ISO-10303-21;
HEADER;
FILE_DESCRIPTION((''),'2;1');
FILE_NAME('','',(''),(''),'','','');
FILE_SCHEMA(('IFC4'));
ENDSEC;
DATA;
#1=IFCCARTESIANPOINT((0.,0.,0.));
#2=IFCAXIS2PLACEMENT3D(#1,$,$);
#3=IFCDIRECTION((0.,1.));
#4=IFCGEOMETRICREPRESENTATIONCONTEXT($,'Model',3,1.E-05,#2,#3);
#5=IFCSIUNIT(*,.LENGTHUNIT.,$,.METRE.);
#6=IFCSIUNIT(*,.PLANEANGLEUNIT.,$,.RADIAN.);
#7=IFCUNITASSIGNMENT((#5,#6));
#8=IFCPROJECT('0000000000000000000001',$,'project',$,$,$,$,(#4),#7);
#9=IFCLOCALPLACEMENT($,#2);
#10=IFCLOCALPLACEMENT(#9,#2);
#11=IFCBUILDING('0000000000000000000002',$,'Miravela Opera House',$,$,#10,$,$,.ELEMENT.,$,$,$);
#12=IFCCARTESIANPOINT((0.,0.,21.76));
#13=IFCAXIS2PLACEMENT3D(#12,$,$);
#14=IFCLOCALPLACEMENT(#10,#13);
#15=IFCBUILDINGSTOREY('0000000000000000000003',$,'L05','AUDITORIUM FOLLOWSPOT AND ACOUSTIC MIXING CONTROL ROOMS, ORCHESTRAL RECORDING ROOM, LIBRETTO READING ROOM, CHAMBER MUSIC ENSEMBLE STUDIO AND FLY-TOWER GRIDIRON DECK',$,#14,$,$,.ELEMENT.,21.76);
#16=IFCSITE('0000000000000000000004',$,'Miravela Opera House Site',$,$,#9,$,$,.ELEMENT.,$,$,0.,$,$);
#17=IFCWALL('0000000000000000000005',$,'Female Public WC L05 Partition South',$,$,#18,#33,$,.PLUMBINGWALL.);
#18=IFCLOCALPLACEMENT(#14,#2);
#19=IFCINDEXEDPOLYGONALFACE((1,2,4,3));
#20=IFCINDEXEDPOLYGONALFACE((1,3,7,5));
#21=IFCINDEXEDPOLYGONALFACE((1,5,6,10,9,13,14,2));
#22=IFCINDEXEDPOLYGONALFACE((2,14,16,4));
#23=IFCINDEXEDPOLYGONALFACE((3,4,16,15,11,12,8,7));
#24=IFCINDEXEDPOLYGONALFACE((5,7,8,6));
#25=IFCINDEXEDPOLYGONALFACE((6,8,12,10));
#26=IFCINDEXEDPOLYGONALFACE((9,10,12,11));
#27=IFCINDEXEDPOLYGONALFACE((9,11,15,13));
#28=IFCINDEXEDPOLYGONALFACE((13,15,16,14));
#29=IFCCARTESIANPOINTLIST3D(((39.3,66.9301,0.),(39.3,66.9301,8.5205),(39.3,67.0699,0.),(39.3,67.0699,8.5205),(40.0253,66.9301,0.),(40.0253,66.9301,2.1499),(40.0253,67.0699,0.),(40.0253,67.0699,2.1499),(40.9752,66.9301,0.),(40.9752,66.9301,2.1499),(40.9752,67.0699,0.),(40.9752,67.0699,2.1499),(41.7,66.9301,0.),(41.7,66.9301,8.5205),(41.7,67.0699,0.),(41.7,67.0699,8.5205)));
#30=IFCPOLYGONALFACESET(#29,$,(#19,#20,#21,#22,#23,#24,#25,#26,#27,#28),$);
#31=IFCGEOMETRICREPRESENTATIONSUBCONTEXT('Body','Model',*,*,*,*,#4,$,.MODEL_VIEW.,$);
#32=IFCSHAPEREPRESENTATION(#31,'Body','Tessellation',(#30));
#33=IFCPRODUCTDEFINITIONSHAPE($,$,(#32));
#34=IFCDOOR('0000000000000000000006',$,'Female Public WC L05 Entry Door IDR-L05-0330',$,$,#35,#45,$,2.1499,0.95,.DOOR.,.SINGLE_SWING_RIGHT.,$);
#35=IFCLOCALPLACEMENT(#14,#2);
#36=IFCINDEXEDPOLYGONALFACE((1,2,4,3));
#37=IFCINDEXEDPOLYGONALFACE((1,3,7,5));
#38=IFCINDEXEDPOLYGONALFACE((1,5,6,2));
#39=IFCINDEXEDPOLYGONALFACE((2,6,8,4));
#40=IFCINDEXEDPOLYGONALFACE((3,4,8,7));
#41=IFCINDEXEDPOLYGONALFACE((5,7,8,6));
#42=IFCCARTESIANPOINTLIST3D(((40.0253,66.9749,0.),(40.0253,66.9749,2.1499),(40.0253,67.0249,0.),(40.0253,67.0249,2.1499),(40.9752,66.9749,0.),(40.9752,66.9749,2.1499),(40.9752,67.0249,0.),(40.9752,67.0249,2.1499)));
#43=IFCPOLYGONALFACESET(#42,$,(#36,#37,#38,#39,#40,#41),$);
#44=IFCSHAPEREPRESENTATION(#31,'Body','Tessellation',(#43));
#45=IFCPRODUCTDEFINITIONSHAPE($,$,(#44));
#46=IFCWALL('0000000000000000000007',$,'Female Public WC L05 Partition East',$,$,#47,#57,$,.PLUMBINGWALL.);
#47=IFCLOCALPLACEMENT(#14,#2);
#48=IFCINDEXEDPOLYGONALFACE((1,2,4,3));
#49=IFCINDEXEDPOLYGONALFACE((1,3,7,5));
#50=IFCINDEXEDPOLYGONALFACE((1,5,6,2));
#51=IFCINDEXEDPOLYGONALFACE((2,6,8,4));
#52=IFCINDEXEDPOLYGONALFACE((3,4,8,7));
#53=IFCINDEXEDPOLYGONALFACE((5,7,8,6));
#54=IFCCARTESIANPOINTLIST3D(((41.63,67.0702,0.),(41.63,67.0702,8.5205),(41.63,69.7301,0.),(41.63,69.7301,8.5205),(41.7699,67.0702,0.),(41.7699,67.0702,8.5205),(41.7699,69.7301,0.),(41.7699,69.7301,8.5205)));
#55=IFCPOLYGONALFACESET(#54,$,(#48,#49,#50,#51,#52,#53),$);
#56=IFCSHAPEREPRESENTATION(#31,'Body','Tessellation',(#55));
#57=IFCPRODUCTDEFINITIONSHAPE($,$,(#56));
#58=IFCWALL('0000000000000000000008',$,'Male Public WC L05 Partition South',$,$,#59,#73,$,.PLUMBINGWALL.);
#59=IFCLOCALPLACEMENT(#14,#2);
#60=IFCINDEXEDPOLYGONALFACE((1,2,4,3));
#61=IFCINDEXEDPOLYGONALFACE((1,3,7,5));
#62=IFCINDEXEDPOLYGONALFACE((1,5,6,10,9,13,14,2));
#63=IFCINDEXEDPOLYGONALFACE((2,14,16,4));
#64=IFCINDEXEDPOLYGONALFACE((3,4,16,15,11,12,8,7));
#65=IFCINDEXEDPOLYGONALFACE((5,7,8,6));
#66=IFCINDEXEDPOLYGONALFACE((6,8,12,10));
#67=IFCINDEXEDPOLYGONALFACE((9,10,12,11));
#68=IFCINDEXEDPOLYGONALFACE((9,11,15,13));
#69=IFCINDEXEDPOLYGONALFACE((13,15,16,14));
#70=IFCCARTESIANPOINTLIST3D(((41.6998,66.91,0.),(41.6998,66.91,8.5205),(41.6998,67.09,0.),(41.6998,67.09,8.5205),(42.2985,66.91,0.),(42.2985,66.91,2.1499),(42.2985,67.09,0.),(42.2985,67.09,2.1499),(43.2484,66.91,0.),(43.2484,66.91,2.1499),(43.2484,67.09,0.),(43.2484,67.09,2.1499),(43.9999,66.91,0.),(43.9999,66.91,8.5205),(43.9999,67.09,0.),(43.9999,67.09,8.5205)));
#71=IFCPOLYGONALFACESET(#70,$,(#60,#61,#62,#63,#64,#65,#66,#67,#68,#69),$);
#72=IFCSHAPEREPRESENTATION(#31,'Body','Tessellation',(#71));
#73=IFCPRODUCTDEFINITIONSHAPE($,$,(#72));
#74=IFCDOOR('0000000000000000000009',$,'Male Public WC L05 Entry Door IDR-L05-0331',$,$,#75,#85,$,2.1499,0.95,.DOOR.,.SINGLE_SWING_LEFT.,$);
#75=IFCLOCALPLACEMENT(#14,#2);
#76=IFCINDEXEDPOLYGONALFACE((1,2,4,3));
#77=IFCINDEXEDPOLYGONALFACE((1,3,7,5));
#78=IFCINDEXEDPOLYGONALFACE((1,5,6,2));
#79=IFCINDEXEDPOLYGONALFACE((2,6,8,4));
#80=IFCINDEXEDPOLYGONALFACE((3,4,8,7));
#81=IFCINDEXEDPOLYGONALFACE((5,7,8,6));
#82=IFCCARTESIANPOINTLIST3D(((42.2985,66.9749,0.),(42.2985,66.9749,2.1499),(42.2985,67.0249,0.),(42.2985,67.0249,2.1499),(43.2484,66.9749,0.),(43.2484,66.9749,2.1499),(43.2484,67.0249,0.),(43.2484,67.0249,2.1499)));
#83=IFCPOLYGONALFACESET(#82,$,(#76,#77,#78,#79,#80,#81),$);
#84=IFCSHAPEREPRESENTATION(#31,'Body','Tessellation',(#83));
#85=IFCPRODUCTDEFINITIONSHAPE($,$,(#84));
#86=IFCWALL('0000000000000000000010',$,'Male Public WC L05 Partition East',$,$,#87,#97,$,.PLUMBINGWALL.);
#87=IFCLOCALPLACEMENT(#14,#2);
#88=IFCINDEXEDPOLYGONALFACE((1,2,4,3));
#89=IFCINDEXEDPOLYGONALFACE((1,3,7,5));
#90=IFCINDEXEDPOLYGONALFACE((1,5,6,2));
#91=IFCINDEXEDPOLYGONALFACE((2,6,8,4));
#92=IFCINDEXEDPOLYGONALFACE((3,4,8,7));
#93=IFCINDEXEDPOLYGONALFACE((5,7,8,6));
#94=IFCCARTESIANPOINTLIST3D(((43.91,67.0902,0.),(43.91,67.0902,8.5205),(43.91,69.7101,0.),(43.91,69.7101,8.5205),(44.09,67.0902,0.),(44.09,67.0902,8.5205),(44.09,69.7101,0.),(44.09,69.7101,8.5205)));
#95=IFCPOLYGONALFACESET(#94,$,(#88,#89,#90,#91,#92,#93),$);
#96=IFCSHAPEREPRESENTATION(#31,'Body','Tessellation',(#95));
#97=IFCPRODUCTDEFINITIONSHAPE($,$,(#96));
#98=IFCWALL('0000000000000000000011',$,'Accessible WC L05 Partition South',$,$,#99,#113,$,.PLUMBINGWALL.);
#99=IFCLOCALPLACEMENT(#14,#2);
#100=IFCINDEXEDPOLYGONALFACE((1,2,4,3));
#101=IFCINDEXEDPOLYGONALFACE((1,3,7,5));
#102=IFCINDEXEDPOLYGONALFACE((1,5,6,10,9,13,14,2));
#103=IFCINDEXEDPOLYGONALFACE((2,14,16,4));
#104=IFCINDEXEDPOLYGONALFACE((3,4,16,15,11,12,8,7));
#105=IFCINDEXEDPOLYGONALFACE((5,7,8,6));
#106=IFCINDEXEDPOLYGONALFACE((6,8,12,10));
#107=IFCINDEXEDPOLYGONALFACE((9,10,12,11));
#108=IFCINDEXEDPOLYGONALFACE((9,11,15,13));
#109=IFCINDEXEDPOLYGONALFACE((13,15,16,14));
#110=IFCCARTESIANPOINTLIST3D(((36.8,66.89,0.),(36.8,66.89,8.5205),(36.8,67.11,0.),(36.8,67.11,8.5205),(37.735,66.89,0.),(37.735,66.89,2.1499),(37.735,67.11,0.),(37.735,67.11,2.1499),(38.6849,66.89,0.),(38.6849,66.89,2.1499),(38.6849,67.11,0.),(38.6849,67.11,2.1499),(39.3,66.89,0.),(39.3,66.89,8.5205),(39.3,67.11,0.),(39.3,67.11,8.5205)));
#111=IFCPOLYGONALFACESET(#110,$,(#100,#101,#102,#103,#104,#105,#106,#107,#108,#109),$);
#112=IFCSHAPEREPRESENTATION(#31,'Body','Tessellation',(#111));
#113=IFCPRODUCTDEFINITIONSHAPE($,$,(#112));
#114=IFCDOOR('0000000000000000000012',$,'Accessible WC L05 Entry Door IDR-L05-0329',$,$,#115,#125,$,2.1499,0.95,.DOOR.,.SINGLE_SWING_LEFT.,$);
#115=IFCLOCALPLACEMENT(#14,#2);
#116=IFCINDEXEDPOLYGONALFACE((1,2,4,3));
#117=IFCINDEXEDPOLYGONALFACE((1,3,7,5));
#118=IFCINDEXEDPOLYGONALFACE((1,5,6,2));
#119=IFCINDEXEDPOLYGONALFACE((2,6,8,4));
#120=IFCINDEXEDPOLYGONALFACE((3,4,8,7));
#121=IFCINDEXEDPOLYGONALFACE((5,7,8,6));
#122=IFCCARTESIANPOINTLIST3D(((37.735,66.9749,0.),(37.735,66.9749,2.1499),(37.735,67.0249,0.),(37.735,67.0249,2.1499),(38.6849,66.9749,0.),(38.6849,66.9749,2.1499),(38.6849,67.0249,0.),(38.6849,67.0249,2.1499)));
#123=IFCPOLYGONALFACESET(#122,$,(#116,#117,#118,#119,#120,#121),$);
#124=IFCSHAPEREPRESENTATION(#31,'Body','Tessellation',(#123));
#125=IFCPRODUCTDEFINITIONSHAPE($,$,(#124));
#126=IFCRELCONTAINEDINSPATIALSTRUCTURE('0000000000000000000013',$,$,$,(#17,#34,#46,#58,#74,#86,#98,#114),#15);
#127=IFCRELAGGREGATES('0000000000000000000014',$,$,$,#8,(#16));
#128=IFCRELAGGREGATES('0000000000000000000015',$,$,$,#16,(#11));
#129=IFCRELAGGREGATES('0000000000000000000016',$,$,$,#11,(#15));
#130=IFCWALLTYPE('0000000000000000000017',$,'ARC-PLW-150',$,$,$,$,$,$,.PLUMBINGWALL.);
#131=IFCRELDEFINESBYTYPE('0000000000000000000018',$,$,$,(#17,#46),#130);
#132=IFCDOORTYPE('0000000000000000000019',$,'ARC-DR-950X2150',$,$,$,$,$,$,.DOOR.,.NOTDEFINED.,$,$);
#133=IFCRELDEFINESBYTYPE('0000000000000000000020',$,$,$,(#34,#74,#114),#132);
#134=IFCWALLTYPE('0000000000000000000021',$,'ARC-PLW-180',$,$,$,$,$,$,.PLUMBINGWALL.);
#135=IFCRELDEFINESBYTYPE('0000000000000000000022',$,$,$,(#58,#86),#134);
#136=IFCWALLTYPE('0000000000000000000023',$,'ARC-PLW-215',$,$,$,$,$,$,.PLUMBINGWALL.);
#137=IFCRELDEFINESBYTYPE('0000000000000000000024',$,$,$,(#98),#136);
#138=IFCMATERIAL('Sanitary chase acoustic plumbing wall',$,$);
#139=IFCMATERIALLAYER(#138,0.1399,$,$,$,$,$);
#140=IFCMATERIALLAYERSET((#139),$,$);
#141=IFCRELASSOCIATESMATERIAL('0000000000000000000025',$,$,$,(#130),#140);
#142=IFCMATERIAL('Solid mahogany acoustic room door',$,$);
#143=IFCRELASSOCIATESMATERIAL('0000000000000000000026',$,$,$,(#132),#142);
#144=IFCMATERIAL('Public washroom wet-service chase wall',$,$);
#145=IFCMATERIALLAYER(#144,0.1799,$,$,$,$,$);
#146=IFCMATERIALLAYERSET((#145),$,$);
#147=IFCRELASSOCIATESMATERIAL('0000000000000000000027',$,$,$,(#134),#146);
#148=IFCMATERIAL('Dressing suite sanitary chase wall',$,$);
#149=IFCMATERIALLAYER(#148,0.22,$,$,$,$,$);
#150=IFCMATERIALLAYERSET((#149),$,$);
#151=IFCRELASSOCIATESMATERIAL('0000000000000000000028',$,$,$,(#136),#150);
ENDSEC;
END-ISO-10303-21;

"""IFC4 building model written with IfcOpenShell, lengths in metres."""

from ifc_helpers import new_model, si_unit, direction, frame, frame_2d, origin, place, context, subcontext, project, spatial, rectangle, extrude, material, layer, layer_set, type_object, element, fill, save


model = new_model("IFC4")

# Units and contexts
model_context = context("Model", 3, precision=1e-05, world=origin(), true_north=direction((0.0, 1.0)))
body_context = subcontext(model_context, "Body", "Model", "MODEL_VIEW")
ifc_project = project(units=[si_unit("LENGTHUNIT", "METRE"), si_unit("PLANEANGLEUNIT", "RADIAN")], contexts=[model_context])

# Site, building, storey
site_placement = place(None, origin())
site = spatial("IfcSite", under=ifc_project, at=site_placement, Name="Miravela Opera House Site", CompositionType="ELEMENT", RefElevation=0.0)
building_placement = place(site_placement, origin())
building = spatial("IfcBuilding", under=site, at=building_placement, Name="Miravela Opera House", CompositionType="ELEMENT")
storey_placement = place(building_placement, frame((0.0, 0.0, 21.76)))
storey = spatial("IfcBuildingStorey", under=building, at=storey_placement, Name="L05", Description="AUDITORIUM FOLLOWSPOT AND ACOUSTIC MIXING CONTROL ROOMS, ORCHESTRAL RECORDING ROOM, LIBRETTO READING ROOM, CHAMBER MUSIC ENSEMBLE STUDIO AND FLY-TOWER GRIDIRON DECK", CompositionType="ELEMENT", Elevation=21.76)

# Wall, opening, door
ifc_material_1 = material(Name="Sanitary chase acoustic plumbing wall")
ifc_layer_1 = layer(ifc_material_1, 0.1399)
ifc_layer_set_1 = layer_set([ifc_layer_1])
wall_type_1 = type_object("IfcWallType", Name="ARC-PLW-150", PredefinedType="PLUMBINGWALL", material=ifc_layer_set_1)
wall_1_placement = place(storey_placement, frame((39.3, 67.0, 0.0), z_axis=(0.0, 0.0, 1.0), x_axis=(1.0, 0.0, 0.0)))
wall_1 = element("IfcWall", 1, at=wall_1_placement, inside=storey, type_object=wall_type_1, Name="Female Public WC L05 Partition South", PredefinedType="PLUMBINGWALL", context=body_context, shape_type="SweptSolid", body=[
    extrude(rectangle(XDim=2.3999, YDim=0.1399, at=frame_2d((1.2, 0.0))), origin(), (0.0, 0.0, 1.0), 8.5205),
])
opening_1_placement = place(wall_1_placement, frame((0.7251, 0.0, 0.0)))
opening_1 = element("IfcOpeningElement", 2, at=opening_1_placement, cuts=wall_1, PredefinedType="OPENING", context=body_context, shape_type="SweptSolid", body=[
    extrude(rectangle(XDim=0.95, YDim=2.1499, at=frame_2d((0.4751, 1.075))), frame((0.0, 0.0798, 0.0), z_axis=(0.0, -1.0, 0.0), x_axis=(1.0, 0.0, 0.0)), (0.0, 0.0, 1.0), 0.1599),
])
ifc_material_2 = material(Name="Solid mahogany acoustic room door")
door_type = type_object("IfcDoorType", Name="ARC-DR-950X2150", OperationType="NOTDEFINED", PredefinedType="DOOR", material=ifc_material_2)
door_1_placement = place(opening_1_placement, origin())
door_1 = element("IfcDoor", 3, at=door_1_placement, inside=storey, type_object=door_type, Name="Female Public WC L05 Entry Door IDR-L05-0330", OperationType="SINGLE_SWING_RIGHT", OverallHeight=2.1499, OverallWidth=0.95, PredefinedType="DOOR", context=body_context, shape_type="SweptSolid", body=[
    extrude(rectangle(XDim=0.95, YDim=2.1499, at=frame_2d((0.4751, 1.075))), frame((0.0, 0.0249, 0.0), z_axis=(0.0, -1.0, 0.0), x_axis=(1.0, 0.0, 0.0)), (0.0, 0.0, 1.0), 0.05),
])
fill(opening_1, door_1)

# Wall
wall_2_placement = place(storey_placement, frame((41.7, 67.0701, 0.0), z_axis=(0.0, 0.0, 1.0), x_axis=(0.0, 1.0, 0.0)))
element("IfcWall", 4, at=wall_2_placement, inside=storey, type_object=wall_type_1, Name="Female Public WC L05 Partition East", PredefinedType="PLUMBINGWALL", context=body_context, shape_type="SweptSolid", body=[
    extrude(rectangle(XDim=2.6599, YDim=0.1399, at=frame_2d((1.3301, 0.0))), origin(), (0.0, 0.0, 1.0), 8.5205),
])

# Wall, opening, door
ifc_material_3 = material(Name="Public washroom wet-service chase wall")
ifc_layer_2 = layer(ifc_material_3, 0.1799)
ifc_layer_set_2 = layer_set([ifc_layer_2])
wall_type_2 = type_object("IfcWallType", Name="ARC-PLW-180", PredefinedType="PLUMBINGWALL", material=ifc_layer_set_2)
wall_3_placement = place(storey_placement, frame((41.7, 67.0, 0.0), z_axis=(0.0, 0.0, 1.0), x_axis=(1.0, 0.0, 0.0)))
wall_3 = element("IfcWall", 5, at=wall_3_placement, inside=storey, type_object=wall_type_2, Name="Male Public WC L05 Partition South", PredefinedType="PLUMBINGWALL", context=body_context, shape_type="SweptSolid", body=[
    extrude(rectangle(XDim=2.3, YDim=0.1799, at=frame_2d((1.1499, 0.0))), origin(), (0.0, 0.0, 1.0), 8.5205),
])
opening_2_placement = place(wall_3_placement, frame((0.5984, 0.0, 0.0)))
opening_2 = element("IfcOpeningElement", 6, at=opening_2_placement, cuts=wall_3, PredefinedType="OPENING", context=body_context, shape_type="SweptSolid", body=[
    extrude(rectangle(XDim=0.95, YDim=2.1499, at=frame_2d((0.4751, 1.075))), frame((0.0, 0.0999, 0.0), z_axis=(0.0, -1.0, 0.0), x_axis=(1.0, 0.0, 0.0)), (0.0, 0.0, 1.0), 0.2),
])
door_2_placement = place(opening_2_placement, origin())
door_2 = element("IfcDoor", 7, at=door_2_placement, inside=storey, type_object=door_type, Name="Male Public WC L05 Entry Door IDR-L05-0331", OperationType="SINGLE_SWING_LEFT", OverallHeight=2.1499, OverallWidth=0.95, PredefinedType="DOOR", context=body_context, shape_type="SweptSolid", body=[
    extrude(rectangle(XDim=0.95, YDim=2.1499, at=frame_2d((0.4751, 1.075))), frame((0.0, 0.0249, 0.0), z_axis=(0.0, -1.0, 0.0), x_axis=(1.0, 0.0, 0.0)), (0.0, 0.0, 1.0), 0.05),
])
fill(opening_2, door_2)

# Wall
wall_4_placement = place(storey_placement, frame((44.0, 67.0901, 0.0), z_axis=(0.0, 0.0, 1.0), x_axis=(0.0, 1.0, 0.0)))
element("IfcWall", 8, at=wall_4_placement, inside=storey, type_object=wall_type_2, Name="Male Public WC L05 Partition East", PredefinedType="PLUMBINGWALL", context=body_context, shape_type="SweptSolid", body=[
    extrude(rectangle(XDim=2.6199, YDim=0.1799, at=frame_2d((1.3101, 0.0))), origin(), (0.0, 0.0, 1.0), 8.5205),
])

# Wall, opening, door
ifc_material_4 = material(Name="Dressing suite sanitary chase wall")
ifc_layer_3 = layer(ifc_material_4, 0.22)
ifc_layer_set_3 = layer_set([ifc_layer_3])
wall_type_3 = type_object("IfcWallType", Name="ARC-PLW-215", PredefinedType="PLUMBINGWALL", material=ifc_layer_set_3)
wall_5_placement = place(storey_placement, frame((36.8, 67.0, 0.0), z_axis=(0.0, 0.0, 1.0), x_axis=(1.0, 0.0, 0.0)))
wall_5 = element("IfcWall", 9, at=wall_5_placement, inside=storey, type_object=wall_type_3, Name="Accessible WC L05 Partition South", PredefinedType="PLUMBINGWALL", context=body_context, shape_type="SweptSolid", body=[
    extrude(rectangle(XDim=2.5, YDim=0.22, at=frame_2d((1.25, 0.0))), origin(), (0.0, 0.0, 1.0), 8.5205),
])
opening_3_placement = place(wall_5_placement, frame((0.9348, 0.0, 0.0)))
opening_3 = element("IfcOpeningElement", 10, at=opening_3_placement, cuts=wall_5, PredefinedType="OPENING", context=body_context, shape_type="SweptSolid", body=[
    extrude(rectangle(XDim=0.95, YDim=2.1499, at=frame_2d((0.4751, 1.075))), frame((0.0, 0.1199, 0.0), z_axis=(0.0, -1.0, 0.0), x_axis=(1.0, 0.0, 0.0)), (0.0, 0.0, 1.0), 0.24),
])
door_3_placement = place(opening_3_placement, origin())
door_3 = element("IfcDoor", 11, at=door_3_placement, inside=storey, type_object=door_type, Name="Accessible WC L05 Entry Door IDR-L05-0329", OperationType="SINGLE_SWING_LEFT", OverallHeight=2.1499, OverallWidth=0.95, PredefinedType="DOOR", context=body_context, shape_type="SweptSolid", body=[
    extrude(rectangle(XDim=0.95, YDim=2.1499, at=frame_2d((0.4751, 1.075))), frame((0.0, 0.0249, 0.0), z_axis=(0.0, -1.0, 0.0), x_axis=(1.0, 0.0, 0.0)), (0.0, 0.0, 1.0), 0.05),
])
fill(opening_3, door_3)

save(model, "model.ifc")
